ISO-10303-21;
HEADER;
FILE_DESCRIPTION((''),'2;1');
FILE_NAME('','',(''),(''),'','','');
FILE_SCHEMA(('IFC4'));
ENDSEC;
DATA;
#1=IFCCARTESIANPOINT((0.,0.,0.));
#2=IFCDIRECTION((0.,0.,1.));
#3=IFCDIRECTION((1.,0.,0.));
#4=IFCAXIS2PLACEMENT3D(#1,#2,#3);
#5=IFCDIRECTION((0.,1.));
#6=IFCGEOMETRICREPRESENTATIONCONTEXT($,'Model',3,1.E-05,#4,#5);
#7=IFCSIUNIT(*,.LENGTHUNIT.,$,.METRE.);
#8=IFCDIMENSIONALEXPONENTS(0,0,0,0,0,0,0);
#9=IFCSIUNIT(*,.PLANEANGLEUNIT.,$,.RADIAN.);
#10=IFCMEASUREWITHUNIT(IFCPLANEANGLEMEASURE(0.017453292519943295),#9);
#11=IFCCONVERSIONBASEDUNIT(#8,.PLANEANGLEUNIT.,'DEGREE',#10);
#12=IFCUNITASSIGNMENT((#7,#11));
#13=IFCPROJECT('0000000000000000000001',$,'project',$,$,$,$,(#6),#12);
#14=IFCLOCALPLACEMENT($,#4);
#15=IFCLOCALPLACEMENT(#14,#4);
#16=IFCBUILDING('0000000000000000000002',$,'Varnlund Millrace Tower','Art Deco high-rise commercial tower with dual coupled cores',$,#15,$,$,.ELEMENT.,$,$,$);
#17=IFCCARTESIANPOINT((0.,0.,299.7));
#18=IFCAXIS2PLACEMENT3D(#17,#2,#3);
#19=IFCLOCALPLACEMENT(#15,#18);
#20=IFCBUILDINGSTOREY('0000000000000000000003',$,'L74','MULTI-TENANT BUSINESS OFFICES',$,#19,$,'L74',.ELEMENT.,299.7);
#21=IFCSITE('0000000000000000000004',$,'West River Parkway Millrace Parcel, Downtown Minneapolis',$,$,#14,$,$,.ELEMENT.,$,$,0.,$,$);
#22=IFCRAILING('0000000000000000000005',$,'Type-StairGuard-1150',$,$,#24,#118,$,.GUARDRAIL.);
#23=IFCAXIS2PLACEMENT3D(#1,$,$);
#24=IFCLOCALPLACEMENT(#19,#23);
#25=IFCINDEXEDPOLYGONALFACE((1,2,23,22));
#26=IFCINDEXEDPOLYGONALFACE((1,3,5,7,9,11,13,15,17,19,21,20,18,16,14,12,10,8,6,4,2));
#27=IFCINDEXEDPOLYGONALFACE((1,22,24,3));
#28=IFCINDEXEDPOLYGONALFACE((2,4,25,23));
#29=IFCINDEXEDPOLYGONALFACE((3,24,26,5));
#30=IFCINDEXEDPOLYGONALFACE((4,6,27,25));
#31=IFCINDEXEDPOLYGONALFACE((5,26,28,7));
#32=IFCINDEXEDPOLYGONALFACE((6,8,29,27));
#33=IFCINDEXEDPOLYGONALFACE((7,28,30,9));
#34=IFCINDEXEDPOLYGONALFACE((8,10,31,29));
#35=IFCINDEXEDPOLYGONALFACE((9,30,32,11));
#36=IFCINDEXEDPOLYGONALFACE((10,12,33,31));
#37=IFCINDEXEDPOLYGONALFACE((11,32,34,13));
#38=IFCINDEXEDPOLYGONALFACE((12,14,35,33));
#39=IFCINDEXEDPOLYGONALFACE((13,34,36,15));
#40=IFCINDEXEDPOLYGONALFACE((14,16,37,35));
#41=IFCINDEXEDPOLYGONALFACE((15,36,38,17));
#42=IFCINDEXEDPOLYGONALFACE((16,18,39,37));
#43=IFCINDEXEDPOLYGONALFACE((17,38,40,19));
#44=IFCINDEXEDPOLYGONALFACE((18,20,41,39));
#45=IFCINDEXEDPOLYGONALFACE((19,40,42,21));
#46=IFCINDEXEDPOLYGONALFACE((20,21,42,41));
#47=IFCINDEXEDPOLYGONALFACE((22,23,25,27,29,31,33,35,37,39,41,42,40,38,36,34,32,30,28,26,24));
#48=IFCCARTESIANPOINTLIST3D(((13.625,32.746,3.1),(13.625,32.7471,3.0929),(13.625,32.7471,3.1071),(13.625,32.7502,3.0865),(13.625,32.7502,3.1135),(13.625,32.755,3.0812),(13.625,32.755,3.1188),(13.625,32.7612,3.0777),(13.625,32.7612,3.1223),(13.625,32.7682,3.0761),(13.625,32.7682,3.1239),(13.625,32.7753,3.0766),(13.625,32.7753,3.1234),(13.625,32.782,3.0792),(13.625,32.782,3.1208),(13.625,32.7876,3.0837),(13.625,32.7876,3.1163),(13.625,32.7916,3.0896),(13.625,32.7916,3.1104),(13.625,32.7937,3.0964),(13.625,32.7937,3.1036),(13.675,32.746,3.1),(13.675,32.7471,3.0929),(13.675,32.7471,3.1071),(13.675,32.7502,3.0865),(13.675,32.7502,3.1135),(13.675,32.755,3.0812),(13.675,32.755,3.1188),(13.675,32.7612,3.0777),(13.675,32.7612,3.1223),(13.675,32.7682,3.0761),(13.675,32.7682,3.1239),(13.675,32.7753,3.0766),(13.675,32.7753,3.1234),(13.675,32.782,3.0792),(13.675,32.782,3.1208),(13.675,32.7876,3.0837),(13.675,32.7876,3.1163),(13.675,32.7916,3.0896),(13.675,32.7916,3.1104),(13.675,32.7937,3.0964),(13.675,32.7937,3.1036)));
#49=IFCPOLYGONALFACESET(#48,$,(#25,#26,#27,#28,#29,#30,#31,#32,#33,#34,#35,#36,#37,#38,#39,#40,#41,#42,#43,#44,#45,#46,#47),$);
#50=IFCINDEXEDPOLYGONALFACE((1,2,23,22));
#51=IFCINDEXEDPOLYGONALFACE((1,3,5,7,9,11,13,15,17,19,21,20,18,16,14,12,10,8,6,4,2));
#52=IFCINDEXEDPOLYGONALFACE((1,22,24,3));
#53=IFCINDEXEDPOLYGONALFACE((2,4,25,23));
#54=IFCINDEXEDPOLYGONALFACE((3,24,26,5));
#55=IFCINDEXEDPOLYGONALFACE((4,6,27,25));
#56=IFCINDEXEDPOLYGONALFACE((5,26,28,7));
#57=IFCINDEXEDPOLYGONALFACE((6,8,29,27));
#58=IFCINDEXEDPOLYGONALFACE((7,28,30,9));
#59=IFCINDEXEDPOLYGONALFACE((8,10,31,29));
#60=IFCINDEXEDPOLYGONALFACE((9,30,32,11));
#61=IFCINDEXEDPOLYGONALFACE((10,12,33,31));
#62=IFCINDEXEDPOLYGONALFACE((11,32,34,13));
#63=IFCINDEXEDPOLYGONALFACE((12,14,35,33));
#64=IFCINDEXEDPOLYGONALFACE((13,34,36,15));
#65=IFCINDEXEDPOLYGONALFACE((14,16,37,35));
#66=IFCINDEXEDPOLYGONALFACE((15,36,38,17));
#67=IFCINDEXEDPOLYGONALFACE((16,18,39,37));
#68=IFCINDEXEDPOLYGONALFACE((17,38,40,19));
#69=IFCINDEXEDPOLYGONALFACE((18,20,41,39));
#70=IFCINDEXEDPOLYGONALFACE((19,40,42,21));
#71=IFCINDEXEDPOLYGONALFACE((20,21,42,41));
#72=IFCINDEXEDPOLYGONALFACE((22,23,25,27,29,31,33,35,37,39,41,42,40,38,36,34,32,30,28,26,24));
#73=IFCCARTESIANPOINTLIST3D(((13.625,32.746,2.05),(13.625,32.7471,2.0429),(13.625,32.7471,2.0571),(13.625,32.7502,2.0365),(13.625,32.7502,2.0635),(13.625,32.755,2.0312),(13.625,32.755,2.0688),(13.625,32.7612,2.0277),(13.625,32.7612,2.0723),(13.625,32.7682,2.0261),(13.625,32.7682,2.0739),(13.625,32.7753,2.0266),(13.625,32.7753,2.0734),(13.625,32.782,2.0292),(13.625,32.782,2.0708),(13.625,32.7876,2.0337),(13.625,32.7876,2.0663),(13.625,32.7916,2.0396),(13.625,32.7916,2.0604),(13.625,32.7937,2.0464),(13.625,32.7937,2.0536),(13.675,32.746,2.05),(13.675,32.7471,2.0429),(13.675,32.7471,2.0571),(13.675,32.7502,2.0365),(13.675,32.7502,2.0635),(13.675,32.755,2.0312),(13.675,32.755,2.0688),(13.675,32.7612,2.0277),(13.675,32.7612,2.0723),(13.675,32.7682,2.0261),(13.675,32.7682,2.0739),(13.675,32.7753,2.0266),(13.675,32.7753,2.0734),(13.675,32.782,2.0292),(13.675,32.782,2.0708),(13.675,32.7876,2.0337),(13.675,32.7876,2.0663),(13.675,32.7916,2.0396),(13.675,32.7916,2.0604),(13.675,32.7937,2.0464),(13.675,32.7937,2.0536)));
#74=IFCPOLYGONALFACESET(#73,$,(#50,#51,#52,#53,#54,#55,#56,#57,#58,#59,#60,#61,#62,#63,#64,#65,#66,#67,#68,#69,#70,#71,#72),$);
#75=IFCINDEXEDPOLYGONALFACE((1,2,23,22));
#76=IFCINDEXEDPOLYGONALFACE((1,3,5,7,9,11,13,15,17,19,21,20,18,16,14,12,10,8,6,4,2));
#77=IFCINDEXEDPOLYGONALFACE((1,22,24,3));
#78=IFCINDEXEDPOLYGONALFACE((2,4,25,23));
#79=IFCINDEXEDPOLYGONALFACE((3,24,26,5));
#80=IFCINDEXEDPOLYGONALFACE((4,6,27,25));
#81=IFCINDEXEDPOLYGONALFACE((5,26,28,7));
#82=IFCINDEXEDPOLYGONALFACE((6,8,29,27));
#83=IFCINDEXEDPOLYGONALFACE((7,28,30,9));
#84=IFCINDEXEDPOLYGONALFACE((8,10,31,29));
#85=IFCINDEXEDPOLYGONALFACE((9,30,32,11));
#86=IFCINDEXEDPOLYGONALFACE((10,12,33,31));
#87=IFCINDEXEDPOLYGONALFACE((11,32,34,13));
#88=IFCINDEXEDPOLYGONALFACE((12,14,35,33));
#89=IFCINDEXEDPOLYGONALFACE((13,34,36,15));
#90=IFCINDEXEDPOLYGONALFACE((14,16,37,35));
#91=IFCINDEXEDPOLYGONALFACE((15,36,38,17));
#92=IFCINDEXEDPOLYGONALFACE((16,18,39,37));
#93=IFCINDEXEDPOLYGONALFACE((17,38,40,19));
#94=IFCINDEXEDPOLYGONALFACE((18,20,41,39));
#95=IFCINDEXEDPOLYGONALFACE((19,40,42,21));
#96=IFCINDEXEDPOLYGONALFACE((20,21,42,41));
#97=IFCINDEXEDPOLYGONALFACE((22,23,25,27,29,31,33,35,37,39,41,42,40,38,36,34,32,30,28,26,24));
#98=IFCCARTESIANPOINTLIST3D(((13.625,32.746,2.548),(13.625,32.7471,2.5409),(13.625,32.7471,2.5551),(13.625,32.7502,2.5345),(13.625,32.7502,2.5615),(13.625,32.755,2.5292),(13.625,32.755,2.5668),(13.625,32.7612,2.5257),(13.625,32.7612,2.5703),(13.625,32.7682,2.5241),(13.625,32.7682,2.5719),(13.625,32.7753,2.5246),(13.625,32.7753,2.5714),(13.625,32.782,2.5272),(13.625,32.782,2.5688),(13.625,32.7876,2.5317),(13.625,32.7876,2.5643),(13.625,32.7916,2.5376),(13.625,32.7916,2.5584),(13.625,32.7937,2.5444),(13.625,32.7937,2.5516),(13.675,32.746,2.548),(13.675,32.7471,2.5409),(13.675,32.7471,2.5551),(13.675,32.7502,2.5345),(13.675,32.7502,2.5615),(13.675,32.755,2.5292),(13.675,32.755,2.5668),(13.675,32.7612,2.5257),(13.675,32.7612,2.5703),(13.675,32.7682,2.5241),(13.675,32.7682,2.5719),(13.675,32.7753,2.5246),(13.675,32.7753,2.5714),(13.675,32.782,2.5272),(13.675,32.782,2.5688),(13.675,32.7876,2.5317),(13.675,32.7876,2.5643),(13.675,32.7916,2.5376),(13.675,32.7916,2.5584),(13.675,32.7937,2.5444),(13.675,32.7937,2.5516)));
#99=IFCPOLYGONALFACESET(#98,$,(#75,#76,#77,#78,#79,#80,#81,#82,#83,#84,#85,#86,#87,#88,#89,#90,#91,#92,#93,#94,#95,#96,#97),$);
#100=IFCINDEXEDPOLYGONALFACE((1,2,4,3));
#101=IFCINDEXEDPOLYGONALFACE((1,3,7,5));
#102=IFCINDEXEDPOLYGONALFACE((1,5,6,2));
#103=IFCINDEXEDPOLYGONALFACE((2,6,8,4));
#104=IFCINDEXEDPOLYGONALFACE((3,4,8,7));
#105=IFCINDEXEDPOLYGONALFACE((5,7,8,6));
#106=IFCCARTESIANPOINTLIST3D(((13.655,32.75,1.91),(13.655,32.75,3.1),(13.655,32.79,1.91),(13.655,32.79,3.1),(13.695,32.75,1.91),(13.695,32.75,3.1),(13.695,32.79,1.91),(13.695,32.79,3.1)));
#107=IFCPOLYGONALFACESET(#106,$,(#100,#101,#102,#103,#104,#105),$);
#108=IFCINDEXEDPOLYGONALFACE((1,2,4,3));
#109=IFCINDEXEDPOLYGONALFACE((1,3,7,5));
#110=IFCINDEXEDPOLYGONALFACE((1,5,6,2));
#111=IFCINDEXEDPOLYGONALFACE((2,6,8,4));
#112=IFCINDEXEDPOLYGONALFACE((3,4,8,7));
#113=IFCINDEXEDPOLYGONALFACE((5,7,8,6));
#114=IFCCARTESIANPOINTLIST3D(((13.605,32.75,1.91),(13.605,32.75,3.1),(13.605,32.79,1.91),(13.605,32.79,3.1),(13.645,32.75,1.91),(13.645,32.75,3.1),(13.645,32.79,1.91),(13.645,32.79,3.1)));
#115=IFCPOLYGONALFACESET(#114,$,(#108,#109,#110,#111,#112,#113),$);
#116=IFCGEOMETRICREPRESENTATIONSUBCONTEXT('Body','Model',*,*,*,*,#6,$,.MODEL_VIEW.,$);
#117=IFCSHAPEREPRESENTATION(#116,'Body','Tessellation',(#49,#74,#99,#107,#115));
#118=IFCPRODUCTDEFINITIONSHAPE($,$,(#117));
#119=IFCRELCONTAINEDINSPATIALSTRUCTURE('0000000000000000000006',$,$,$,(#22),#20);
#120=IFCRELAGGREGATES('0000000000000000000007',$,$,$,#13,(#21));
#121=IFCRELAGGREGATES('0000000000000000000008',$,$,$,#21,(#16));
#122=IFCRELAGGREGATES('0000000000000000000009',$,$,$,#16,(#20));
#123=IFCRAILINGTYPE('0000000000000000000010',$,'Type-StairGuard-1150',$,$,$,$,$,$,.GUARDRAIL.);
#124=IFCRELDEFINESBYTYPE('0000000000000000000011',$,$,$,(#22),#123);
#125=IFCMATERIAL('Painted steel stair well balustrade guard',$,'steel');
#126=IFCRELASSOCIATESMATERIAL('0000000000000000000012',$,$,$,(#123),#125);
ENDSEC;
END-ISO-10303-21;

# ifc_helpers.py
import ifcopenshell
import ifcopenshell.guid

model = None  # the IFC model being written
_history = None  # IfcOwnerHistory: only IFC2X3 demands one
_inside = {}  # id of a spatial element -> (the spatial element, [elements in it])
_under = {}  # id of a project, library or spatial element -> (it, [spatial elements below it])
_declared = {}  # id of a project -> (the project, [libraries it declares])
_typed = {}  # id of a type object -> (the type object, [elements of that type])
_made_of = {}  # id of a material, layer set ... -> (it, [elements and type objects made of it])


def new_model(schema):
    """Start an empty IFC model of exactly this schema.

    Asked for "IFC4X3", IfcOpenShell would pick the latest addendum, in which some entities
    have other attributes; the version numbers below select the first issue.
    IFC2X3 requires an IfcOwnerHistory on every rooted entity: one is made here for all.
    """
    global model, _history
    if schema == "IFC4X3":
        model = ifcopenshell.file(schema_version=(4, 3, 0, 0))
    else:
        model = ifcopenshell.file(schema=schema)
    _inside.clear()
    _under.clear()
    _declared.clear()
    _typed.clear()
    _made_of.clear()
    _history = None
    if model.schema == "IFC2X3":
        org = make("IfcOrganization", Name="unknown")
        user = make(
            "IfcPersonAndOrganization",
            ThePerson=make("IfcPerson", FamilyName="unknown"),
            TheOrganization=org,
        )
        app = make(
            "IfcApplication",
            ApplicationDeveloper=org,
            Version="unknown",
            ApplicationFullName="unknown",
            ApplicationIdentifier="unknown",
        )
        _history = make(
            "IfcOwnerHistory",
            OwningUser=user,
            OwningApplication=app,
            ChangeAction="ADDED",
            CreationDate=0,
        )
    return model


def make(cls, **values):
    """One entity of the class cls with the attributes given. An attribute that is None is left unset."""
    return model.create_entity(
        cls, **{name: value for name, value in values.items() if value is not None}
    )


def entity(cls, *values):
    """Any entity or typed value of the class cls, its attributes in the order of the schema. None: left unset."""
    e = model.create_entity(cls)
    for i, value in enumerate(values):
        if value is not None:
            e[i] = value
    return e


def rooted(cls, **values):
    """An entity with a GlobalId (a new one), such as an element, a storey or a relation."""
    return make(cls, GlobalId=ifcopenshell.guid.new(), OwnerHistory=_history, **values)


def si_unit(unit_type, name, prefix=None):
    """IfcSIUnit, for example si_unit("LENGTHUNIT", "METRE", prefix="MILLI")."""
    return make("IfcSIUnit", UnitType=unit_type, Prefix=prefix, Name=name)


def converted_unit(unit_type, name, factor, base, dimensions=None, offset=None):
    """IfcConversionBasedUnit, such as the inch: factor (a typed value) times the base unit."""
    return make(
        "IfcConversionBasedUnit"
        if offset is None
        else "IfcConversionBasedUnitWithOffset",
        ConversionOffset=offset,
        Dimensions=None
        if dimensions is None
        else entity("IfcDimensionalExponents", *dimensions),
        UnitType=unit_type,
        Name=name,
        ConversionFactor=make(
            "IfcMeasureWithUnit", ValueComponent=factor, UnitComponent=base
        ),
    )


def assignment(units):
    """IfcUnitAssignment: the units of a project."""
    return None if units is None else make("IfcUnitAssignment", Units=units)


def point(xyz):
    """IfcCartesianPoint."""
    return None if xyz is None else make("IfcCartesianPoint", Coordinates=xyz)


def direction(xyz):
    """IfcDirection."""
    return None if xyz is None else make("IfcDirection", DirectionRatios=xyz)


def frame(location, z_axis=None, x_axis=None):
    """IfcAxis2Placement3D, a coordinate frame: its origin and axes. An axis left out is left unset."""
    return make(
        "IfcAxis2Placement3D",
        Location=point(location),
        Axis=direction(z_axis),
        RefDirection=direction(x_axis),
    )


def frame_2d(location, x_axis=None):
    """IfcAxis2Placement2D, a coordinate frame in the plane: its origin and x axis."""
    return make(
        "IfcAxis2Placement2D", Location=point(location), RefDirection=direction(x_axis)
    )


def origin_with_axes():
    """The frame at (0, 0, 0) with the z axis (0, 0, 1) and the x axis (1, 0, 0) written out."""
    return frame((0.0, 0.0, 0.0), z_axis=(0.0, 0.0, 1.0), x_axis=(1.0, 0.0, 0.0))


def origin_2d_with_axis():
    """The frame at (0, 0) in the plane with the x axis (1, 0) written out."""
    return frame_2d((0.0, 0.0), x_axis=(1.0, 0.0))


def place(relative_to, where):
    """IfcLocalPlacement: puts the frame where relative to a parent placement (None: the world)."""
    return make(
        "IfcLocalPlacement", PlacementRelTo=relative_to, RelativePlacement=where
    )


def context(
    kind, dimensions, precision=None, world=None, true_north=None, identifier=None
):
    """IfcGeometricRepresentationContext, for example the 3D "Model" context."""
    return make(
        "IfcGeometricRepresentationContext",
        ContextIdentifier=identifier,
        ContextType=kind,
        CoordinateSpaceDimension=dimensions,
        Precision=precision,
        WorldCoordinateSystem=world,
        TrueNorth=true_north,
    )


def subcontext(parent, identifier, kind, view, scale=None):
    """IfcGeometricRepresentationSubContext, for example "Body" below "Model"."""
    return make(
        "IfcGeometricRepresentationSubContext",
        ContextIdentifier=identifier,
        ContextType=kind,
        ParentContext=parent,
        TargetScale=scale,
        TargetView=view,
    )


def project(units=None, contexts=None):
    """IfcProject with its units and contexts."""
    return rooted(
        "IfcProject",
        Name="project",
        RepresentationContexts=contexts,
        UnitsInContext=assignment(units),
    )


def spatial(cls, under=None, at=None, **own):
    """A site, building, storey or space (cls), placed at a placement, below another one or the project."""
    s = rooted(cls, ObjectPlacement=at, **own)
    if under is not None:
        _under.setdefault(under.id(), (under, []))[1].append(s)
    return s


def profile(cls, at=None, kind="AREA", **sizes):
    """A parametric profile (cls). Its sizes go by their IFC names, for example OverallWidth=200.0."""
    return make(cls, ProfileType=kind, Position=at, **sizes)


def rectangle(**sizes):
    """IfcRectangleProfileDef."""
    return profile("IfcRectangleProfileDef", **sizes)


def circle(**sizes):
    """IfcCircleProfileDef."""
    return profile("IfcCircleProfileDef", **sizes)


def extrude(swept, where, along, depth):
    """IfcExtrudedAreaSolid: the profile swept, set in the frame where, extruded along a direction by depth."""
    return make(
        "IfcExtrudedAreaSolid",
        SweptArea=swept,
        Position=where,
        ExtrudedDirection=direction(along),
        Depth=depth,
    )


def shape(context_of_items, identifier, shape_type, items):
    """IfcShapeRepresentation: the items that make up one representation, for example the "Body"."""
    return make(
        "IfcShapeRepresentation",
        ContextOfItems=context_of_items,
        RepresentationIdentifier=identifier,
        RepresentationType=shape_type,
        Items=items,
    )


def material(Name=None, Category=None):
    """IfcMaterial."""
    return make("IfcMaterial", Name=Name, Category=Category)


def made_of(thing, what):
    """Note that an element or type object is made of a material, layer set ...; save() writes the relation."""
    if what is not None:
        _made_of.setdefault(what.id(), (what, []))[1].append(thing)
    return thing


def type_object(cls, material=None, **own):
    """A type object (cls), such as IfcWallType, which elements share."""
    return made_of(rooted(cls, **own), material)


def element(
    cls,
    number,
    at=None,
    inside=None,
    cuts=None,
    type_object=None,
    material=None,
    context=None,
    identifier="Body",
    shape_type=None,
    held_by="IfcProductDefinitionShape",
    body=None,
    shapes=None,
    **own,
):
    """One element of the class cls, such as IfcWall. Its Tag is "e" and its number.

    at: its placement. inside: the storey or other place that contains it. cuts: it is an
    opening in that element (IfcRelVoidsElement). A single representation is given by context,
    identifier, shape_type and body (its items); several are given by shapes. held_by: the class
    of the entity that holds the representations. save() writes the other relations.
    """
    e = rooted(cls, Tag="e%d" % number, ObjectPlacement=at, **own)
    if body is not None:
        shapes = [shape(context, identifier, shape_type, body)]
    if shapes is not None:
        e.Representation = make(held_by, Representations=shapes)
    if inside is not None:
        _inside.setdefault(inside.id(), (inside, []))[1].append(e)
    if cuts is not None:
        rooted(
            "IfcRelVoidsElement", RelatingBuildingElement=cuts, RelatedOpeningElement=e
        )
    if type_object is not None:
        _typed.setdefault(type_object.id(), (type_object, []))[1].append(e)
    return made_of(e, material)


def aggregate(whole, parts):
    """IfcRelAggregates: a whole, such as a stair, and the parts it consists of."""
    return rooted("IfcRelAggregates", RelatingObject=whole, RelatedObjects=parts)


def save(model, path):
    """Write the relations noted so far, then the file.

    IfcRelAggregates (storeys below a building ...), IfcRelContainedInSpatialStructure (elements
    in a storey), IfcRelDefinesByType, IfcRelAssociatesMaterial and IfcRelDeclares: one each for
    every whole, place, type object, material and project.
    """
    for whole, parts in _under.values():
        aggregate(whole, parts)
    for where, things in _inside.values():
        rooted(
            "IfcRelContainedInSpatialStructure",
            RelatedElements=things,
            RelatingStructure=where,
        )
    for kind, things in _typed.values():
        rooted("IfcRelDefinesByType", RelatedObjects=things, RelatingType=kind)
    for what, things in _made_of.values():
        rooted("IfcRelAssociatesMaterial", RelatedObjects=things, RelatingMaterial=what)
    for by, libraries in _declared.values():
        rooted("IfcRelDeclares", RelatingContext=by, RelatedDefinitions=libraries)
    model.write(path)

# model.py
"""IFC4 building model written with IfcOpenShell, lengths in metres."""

from ifc_helpers import new_model, entity, si_unit, converted_unit, direction, frame, origin_with_axes, origin_2d_with_axis, place, context, subcontext, project, spatial, rectangle, circle, extrude, material, type_object, element, save


model = new_model("IFC4")

# Units and contexts
model_context = context("Model", 3, precision=1e-05, world=origin_with_axes(), true_north=direction((0.0, 1.0)))
body_context = subcontext(model_context, "Body", "Model", "MODEL_VIEW")
ifc_project = project(units=[si_unit("LENGTHUNIT", "METRE"), converted_unit("PLANEANGLEUNIT", "DEGREE", entity("IfcPlaneAngleMeasure", 0.017453292519943295), si_unit("PLANEANGLEUNIT", "RADIAN"), dimensions=[0, 0, 0, 0, 0, 0, 0])], contexts=[model_context])

# Site, building, storey
site_placement = place(None, origin_with_axes())
site = spatial("IfcSite", under=ifc_project, at=site_placement, Name="West River Parkway Millrace Parcel, Downtown Minneapolis", CompositionType="ELEMENT", RefElevation=0.0)
building_placement = place(site_placement, origin_with_axes())
building = spatial("IfcBuilding", under=site, at=building_placement, Name="Varnlund Millrace Tower", Description="Art Deco high-rise commercial tower with dual coupled cores", CompositionType="ELEMENT")
storey_placement = place(building_placement, frame((0.0, 0.0, 299.7), z_axis=(0.0, 0.0, 1.0), x_axis=(1.0, 0.0, 0.0)))
storey = spatial("IfcBuildingStorey", under=building, at=storey_placement, Name="L74", Description="MULTI-TENANT BUSINESS OFFICES", LongName="L74", CompositionType="ELEMENT", Elevation=299.7)

# Railing
ifc_material_1 = material(Name="Painted steel stair well balustrade guard", Category="steel")
railing_type_1 = type_object("IfcRailingType", Name="Type-StairGuard-1150", PredefinedType="GUARDRAIL", material=ifc_material_1)
railing_1_placement = place(storey_placement, frame((0.0, 0.0, -299.7), z_axis=(0.0, 0.0, 1.0), x_axis=(1.0, 0.0, 0.0)))
element("IfcRailing", 1, at=railing_1_placement, inside=storey, type_object=railing_type_1, Name="Type-StairGuard-1150", PredefinedType="GUARDRAIL", context=body_context, shape_type="SweptSolid", body=[
    extrude(circle(Radius=0.024, at=origin_2d_with_axis()), frame((13.675, 32.77, 302.8), z_axis=(-1.0, 0.0, 0.0), x_axis=(0.0, -1.0, 0.0)), (0.0, 0.0, 1.0), 0.05),
    extrude(circle(Radius=0.024, at=origin_2d_with_axis()), frame((13.675, 32.77, 301.75), z_axis=(-1.0, 0.0, 0.0), x_axis=(0.0, -1.0, 0.0)), (0.0, 0.0, 1.0), 0.05),
    extrude(circle(Radius=0.024, at=origin_2d_with_axis()), frame((13.675, 32.77, 302.248), z_axis=(-1.0, 0.0, 0.0), x_axis=(0.0, -1.0, 0.0)), (0.0, 0.0, 1.0), 0.05),
    extrude(rectangle(XDim=0.04, YDim=0.04, at=origin_2d_with_axis()), frame((13.675, 32.77, 301.61), z_axis=(0.0, 0.0, 1.0), x_axis=(1.0, 0.0, 0.0)), (0.0, 0.0, 1.0), 1.19),
    extrude(rectangle(XDim=0.04, YDim=0.04, at=origin_2d_with_axis()), frame((13.625, 32.77, 301.61), z_axis=(0.0, 0.0, 1.0), x_axis=(1.0, 0.0, 0.0)), (0.0, 0.0, 1.0), 1.19),
])

save(model, "model.ifc")
